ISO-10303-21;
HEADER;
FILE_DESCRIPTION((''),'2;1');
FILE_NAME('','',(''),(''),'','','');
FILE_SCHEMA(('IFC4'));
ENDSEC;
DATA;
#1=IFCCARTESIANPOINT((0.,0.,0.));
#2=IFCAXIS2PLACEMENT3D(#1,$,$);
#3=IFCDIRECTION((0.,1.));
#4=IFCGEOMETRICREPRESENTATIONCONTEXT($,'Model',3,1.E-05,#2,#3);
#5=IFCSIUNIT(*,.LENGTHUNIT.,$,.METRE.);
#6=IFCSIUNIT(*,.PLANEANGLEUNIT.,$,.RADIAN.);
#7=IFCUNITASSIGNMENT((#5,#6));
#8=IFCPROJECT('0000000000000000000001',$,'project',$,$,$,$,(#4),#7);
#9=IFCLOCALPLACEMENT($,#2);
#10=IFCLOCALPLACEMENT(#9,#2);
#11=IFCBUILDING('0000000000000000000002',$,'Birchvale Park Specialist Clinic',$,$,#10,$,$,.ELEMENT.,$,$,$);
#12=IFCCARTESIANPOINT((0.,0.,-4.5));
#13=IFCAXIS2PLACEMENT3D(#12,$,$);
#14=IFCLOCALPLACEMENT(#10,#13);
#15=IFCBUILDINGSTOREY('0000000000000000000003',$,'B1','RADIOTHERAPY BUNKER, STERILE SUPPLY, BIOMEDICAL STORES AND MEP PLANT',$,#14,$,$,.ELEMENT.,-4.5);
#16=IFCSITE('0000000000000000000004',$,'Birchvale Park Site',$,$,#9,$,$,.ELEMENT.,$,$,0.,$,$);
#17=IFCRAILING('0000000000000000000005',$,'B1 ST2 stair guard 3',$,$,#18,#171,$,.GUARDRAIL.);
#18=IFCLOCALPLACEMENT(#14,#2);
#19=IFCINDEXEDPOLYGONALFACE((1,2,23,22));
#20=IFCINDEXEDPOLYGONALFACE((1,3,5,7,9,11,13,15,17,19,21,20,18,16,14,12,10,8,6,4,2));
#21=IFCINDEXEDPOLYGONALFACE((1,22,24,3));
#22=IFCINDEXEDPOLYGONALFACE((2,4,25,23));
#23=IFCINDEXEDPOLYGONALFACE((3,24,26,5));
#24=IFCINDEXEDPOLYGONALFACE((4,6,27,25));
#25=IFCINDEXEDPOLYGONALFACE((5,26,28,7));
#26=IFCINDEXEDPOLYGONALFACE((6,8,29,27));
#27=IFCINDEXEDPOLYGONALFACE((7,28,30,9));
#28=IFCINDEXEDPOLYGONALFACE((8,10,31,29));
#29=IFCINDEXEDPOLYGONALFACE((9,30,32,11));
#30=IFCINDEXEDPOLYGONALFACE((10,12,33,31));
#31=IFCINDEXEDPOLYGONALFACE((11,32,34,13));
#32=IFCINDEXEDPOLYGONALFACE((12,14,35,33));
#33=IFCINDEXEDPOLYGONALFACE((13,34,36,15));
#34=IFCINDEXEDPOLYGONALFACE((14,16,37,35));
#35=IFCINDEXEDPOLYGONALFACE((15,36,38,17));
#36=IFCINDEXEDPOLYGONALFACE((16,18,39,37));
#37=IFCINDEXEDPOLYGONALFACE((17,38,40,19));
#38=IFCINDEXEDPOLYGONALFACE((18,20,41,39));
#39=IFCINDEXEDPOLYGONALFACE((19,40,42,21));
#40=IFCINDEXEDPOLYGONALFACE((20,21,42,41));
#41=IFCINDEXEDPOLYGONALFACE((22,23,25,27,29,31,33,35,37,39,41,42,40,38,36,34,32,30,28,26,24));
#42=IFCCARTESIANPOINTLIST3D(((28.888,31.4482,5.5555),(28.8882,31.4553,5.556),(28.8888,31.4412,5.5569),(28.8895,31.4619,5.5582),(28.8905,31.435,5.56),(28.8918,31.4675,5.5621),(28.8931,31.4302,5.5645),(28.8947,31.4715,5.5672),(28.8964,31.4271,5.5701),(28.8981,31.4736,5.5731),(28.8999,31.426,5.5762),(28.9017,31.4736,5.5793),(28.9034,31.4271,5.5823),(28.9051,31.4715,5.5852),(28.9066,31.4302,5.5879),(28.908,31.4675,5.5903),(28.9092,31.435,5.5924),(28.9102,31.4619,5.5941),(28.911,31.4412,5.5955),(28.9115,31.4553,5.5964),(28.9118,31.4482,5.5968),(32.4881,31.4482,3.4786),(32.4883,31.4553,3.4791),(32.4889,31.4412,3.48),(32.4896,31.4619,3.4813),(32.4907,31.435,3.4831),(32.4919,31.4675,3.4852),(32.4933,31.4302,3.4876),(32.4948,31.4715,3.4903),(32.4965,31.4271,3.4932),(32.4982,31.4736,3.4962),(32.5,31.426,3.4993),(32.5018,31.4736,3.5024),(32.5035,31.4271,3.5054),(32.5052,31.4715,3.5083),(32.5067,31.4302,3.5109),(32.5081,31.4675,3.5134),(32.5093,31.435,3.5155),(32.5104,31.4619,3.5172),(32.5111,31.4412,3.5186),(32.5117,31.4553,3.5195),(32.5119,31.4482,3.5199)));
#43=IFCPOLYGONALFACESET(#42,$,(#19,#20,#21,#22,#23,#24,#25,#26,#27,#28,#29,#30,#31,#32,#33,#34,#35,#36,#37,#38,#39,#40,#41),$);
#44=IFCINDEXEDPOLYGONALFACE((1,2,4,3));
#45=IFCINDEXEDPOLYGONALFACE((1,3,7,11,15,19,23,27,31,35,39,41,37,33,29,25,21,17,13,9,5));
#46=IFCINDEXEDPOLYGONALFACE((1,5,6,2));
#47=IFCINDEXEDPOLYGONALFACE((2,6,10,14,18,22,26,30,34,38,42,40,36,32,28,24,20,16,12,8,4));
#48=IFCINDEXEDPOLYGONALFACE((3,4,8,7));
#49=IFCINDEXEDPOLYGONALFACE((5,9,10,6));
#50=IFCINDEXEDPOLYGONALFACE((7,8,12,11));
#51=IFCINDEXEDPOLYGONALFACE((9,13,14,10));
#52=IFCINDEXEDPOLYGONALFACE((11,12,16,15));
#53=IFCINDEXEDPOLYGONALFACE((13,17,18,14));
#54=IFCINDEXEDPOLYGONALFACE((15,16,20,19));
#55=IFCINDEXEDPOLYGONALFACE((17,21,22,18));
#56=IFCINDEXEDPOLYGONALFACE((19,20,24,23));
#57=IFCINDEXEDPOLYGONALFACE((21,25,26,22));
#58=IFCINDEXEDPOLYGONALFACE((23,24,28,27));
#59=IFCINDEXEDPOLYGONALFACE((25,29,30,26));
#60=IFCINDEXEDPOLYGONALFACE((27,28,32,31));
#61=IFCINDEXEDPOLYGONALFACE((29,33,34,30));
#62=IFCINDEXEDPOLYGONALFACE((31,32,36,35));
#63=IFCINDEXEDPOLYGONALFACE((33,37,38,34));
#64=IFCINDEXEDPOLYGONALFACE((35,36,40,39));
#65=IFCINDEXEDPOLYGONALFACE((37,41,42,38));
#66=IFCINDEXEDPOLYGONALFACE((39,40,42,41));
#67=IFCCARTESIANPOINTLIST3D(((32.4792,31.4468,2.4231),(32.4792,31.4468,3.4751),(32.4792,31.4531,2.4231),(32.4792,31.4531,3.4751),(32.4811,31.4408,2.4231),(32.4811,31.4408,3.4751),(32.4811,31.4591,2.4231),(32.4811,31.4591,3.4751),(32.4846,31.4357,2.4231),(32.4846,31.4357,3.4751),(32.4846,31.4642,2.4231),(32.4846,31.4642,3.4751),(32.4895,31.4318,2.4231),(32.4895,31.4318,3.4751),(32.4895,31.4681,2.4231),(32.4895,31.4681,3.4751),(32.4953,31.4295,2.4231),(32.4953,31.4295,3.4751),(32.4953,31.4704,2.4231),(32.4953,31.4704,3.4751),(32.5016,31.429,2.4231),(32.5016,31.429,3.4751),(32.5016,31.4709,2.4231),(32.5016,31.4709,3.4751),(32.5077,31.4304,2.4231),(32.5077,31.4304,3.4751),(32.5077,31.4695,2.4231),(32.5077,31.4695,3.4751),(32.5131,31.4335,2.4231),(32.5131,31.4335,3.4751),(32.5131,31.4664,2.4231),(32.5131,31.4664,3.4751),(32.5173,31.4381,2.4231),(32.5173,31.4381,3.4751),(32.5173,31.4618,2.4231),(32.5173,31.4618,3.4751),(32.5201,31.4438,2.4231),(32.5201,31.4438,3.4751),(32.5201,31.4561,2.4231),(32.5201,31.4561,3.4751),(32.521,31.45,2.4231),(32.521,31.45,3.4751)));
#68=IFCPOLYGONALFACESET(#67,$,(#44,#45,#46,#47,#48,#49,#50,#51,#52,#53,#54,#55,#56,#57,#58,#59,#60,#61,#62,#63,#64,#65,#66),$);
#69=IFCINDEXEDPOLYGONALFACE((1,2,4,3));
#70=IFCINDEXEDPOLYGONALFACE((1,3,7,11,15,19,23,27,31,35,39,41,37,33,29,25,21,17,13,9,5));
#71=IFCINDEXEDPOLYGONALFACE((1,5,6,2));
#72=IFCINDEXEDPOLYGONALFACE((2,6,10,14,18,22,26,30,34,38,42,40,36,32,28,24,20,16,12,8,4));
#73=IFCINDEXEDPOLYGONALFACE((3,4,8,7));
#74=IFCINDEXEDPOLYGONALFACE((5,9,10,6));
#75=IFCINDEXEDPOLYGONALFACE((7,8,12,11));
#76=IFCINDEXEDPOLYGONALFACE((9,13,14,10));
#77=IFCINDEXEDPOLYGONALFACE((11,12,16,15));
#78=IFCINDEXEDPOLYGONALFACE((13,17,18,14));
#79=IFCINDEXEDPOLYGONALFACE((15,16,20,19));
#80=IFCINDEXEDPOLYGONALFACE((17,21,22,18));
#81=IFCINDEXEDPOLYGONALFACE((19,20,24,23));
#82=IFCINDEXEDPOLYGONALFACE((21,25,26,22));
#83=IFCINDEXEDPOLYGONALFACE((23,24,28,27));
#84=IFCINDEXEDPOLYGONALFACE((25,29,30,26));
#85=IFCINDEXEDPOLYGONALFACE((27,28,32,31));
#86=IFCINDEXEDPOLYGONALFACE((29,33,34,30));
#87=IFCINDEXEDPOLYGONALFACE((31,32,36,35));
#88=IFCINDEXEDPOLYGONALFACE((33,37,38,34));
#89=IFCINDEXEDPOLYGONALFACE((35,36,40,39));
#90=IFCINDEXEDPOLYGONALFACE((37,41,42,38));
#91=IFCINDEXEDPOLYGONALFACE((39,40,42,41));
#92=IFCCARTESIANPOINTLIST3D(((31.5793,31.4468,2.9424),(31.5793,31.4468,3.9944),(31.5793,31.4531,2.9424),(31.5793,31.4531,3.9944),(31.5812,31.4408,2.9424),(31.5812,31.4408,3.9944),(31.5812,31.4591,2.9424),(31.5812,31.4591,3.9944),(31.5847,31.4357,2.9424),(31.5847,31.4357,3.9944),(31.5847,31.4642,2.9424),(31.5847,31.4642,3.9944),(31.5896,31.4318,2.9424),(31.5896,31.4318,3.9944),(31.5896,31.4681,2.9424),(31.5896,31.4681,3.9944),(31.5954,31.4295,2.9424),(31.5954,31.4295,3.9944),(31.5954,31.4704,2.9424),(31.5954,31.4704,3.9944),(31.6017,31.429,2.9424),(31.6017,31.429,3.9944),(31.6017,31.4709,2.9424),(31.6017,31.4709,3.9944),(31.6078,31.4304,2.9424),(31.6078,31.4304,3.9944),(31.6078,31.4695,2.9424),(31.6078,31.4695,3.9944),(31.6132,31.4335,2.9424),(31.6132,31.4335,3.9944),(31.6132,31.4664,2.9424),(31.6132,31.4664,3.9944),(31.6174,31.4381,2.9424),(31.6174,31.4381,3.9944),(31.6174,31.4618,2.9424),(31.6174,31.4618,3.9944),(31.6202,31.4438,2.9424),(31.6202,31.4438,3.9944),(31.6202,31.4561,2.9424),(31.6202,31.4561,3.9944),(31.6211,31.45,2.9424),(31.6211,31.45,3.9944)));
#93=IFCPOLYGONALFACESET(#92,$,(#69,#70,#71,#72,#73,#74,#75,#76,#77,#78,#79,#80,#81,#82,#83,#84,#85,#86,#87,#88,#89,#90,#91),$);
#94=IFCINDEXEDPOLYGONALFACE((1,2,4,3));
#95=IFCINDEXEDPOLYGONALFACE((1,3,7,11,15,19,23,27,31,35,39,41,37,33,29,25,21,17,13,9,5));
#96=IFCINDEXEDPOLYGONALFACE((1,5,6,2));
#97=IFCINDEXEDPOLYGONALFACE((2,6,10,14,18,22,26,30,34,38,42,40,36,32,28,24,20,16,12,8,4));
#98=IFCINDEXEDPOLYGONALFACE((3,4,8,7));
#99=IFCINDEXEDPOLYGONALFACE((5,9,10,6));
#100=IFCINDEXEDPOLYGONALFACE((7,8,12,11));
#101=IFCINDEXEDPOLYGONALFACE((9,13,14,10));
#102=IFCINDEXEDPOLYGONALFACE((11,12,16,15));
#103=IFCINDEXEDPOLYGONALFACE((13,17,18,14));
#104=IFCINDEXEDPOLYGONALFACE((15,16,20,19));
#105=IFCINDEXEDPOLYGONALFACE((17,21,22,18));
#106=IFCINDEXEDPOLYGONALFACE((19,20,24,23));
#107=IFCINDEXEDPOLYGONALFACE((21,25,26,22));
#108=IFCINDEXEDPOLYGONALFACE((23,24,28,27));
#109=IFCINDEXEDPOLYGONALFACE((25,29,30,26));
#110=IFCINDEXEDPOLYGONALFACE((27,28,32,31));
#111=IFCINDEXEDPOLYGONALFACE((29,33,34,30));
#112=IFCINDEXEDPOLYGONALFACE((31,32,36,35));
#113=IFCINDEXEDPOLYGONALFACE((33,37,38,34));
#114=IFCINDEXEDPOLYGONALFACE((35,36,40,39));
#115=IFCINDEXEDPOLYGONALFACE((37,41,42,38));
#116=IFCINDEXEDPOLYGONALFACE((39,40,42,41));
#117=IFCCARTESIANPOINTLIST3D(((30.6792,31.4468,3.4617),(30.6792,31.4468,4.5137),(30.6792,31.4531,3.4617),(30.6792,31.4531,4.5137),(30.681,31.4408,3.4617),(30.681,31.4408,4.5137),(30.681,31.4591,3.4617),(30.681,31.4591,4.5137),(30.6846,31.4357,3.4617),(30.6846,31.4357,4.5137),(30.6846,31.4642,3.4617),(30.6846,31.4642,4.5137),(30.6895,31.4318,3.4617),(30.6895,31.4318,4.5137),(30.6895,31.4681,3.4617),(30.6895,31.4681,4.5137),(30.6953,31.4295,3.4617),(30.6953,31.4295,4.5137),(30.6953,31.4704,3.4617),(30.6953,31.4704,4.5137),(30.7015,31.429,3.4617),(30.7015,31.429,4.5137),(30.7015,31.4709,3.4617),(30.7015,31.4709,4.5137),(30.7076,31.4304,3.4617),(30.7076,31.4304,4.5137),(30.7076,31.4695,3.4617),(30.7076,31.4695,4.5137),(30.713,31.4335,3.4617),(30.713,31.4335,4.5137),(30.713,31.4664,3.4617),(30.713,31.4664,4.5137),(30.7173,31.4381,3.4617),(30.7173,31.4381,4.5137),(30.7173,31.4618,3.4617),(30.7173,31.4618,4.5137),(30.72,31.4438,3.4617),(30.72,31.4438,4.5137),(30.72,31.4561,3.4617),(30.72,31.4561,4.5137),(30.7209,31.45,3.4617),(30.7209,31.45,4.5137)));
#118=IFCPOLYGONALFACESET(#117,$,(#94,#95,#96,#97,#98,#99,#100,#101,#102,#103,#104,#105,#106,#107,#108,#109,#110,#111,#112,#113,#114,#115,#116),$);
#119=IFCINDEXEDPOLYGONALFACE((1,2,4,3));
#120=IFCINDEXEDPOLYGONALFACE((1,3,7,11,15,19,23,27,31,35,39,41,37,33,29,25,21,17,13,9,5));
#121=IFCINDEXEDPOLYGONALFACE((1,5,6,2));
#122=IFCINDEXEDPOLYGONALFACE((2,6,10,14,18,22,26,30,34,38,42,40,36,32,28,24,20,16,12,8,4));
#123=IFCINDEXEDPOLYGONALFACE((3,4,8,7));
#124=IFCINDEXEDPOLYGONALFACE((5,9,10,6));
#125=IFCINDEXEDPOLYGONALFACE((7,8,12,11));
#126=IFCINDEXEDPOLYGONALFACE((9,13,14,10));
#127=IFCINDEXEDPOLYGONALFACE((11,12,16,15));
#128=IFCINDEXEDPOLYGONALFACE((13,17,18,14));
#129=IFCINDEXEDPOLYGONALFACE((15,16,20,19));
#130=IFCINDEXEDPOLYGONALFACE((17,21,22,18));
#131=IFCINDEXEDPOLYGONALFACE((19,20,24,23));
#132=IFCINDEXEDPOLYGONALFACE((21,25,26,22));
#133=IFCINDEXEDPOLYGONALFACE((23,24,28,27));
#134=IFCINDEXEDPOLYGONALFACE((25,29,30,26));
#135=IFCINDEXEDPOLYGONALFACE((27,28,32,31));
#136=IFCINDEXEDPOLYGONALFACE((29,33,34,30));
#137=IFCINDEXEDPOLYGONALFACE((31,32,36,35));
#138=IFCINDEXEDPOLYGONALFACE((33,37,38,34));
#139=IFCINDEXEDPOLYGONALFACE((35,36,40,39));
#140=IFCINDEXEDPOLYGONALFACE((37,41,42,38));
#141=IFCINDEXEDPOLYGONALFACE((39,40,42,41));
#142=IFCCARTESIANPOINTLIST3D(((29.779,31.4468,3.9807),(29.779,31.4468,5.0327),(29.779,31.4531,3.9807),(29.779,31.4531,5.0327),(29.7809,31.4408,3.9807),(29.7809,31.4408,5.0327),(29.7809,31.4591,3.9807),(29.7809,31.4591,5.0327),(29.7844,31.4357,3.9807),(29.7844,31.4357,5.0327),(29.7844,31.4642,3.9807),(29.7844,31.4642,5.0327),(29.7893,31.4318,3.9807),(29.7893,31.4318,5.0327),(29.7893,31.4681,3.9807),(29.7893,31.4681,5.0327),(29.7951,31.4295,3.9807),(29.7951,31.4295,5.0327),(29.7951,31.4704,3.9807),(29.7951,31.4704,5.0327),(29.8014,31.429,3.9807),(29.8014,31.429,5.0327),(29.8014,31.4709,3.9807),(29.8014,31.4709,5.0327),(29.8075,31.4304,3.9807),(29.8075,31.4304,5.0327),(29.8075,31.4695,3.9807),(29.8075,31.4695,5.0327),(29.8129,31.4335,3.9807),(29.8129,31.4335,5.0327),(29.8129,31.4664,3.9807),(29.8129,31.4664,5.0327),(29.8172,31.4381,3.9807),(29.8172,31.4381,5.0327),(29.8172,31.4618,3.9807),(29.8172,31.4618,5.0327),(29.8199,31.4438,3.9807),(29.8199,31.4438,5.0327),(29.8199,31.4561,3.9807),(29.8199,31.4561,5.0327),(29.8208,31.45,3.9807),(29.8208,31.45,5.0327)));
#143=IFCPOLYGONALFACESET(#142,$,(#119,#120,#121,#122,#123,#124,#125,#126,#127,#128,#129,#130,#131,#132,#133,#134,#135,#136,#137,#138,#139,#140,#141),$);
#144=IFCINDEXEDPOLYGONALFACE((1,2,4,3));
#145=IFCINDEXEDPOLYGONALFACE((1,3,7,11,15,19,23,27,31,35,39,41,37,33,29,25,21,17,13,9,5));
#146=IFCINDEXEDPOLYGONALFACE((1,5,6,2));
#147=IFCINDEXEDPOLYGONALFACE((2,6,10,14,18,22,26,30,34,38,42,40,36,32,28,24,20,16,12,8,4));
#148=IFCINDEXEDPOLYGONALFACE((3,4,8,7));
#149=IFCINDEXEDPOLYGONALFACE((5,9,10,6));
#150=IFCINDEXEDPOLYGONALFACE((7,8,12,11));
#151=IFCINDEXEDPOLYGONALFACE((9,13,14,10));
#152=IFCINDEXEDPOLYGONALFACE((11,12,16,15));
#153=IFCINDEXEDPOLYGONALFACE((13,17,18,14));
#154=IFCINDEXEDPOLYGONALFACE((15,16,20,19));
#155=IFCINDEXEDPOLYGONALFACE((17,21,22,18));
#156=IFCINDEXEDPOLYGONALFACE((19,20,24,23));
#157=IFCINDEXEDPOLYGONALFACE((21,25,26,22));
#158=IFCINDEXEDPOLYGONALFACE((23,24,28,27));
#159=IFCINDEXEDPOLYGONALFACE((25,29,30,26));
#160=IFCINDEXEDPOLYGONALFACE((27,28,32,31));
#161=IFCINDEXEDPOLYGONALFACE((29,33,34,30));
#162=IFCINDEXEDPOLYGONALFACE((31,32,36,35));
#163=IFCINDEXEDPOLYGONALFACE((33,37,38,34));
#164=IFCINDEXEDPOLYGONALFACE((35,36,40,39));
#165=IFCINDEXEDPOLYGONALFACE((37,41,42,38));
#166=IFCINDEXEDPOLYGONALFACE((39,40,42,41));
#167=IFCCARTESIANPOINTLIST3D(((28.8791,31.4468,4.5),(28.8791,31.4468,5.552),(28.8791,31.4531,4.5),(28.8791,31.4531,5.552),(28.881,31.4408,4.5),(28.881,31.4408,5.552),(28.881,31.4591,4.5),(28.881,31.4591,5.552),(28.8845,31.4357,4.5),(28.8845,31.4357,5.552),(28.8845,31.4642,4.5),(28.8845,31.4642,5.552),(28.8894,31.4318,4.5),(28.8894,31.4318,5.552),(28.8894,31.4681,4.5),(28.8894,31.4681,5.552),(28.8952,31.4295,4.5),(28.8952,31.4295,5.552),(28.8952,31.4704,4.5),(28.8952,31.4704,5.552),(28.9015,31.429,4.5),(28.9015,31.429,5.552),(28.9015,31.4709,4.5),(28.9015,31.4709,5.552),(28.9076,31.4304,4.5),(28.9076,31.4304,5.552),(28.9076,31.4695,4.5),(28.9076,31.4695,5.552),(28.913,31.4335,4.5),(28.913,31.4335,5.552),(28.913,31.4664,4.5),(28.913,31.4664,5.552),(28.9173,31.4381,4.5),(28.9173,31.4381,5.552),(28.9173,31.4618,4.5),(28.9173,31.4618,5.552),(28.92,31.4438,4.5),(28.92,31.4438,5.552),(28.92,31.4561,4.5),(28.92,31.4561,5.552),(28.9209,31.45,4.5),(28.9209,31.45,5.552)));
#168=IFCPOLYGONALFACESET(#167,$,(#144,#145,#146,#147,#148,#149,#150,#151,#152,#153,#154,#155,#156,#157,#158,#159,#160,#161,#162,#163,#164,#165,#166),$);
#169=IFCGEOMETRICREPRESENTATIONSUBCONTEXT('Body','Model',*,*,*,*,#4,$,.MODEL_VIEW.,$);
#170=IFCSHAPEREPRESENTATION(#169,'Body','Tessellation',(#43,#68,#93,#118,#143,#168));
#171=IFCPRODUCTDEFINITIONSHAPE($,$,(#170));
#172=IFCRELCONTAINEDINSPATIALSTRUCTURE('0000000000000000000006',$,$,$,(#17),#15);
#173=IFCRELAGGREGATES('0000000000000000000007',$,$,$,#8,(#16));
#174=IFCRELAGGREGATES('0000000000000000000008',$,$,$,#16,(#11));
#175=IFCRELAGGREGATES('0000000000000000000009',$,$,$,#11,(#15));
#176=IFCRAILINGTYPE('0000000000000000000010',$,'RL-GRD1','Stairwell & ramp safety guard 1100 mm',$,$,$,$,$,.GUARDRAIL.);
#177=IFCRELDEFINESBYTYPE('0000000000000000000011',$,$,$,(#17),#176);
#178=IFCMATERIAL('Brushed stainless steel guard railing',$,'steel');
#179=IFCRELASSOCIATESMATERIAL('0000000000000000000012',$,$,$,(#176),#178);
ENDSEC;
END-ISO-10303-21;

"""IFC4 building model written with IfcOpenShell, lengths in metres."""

from ifc_helpers import new_model, si_unit, direction, frame, origin, origin_2d, place, context, subcontext, project, spatial, circle, extrude, material, type_object, element, save


model = new_model("IFC4")

# Units and contexts
model_context = context("Model", 3, precision=1e-05, world=origin(), true_north=direction((0.0, 1.0)))
body_context = subcontext(model_context, "Body", "Model", "MODEL_VIEW")
ifc_project = project(units=[si_unit("LENGTHUNIT", "METRE"), si_unit("PLANEANGLEUNIT", "RADIAN")], contexts=[model_context])

# Site, building, storey
site_placement = place(None, origin())
site = spatial("IfcSite", under=ifc_project, at=site_placement, Name="Birchvale Park Site", CompositionType="ELEMENT", RefElevation=0.0)
building_placement = place(site_placement, origin())
building = spatial("IfcBuilding", under=site, at=building_placement, Name="Birchvale Park Specialist Clinic", CompositionType="ELEMENT")
storey_placement = place(building_placement, frame((0.0, 0.0, -4.5)))
storey = spatial("IfcBuildingStorey", under=building, at=storey_placement, Name="B1", Description="RADIOTHERAPY BUNKER, STERILE SUPPLY, BIOMEDICAL STORES AND MEP PLANT", CompositionType="ELEMENT", Elevation=-4.5)

# Railing
ifc_material_1 = material(Name="Brushed stainless steel guard railing", Category="steel")
railing_type_1 = type_object("IfcRailingType", Name="RL-GRD1", Description="Stairwell & ramp safety guard 1100 mm", PredefinedType="GUARDRAIL", material=ifc_material_1)
railing_1_placement = place(storey_placement, frame((32.5, 31.45, 2.4231)))
element("IfcRailing", 1, at=railing_1_placement, inside=storey, type_object=railing_type_1, Name="B1 ST2 stair guard 3", PredefinedType="GUARDRAIL", context=body_context, shape_type="SweptSolid", body=[
    extrude(circle(Radius=0.0239, at=origin_2d()), frame((0.0, 0.0, 1.0762), z_axis=(-0.866193, 0.0, 0.499709), x_axis=(0.0, -1.0, 0.0)), (0.0, 0.0, 1.0), 4.1562),
    extrude(circle(Radius=0.021, at=origin_2d()), origin(), (0.0, 0.0, 1.0), 1.052),
    extrude(circle(Radius=0.021, at=origin_2d()), frame((-0.8999, 0.0, 0.5193)), (0.0, 0.0, 1.0), 1.052),
    extrude(circle(Radius=0.021, at=origin_2d()), frame((-1.8, 0.0, 1.0386)), (0.0, 0.0, 1.0), 1.052),
    extrude(circle(Radius=0.021, at=origin_2d()), frame((-2.7002, 0.0, 1.5576)), (0.0, 0.0, 1.0), 1.052),
    extrude(circle(Radius=0.021, at=origin_2d()), frame((-3.6001, 0.0, 2.0769)), (0.0, 0.0, 1.0), 1.052),
])

save(model, "model.ifc")
